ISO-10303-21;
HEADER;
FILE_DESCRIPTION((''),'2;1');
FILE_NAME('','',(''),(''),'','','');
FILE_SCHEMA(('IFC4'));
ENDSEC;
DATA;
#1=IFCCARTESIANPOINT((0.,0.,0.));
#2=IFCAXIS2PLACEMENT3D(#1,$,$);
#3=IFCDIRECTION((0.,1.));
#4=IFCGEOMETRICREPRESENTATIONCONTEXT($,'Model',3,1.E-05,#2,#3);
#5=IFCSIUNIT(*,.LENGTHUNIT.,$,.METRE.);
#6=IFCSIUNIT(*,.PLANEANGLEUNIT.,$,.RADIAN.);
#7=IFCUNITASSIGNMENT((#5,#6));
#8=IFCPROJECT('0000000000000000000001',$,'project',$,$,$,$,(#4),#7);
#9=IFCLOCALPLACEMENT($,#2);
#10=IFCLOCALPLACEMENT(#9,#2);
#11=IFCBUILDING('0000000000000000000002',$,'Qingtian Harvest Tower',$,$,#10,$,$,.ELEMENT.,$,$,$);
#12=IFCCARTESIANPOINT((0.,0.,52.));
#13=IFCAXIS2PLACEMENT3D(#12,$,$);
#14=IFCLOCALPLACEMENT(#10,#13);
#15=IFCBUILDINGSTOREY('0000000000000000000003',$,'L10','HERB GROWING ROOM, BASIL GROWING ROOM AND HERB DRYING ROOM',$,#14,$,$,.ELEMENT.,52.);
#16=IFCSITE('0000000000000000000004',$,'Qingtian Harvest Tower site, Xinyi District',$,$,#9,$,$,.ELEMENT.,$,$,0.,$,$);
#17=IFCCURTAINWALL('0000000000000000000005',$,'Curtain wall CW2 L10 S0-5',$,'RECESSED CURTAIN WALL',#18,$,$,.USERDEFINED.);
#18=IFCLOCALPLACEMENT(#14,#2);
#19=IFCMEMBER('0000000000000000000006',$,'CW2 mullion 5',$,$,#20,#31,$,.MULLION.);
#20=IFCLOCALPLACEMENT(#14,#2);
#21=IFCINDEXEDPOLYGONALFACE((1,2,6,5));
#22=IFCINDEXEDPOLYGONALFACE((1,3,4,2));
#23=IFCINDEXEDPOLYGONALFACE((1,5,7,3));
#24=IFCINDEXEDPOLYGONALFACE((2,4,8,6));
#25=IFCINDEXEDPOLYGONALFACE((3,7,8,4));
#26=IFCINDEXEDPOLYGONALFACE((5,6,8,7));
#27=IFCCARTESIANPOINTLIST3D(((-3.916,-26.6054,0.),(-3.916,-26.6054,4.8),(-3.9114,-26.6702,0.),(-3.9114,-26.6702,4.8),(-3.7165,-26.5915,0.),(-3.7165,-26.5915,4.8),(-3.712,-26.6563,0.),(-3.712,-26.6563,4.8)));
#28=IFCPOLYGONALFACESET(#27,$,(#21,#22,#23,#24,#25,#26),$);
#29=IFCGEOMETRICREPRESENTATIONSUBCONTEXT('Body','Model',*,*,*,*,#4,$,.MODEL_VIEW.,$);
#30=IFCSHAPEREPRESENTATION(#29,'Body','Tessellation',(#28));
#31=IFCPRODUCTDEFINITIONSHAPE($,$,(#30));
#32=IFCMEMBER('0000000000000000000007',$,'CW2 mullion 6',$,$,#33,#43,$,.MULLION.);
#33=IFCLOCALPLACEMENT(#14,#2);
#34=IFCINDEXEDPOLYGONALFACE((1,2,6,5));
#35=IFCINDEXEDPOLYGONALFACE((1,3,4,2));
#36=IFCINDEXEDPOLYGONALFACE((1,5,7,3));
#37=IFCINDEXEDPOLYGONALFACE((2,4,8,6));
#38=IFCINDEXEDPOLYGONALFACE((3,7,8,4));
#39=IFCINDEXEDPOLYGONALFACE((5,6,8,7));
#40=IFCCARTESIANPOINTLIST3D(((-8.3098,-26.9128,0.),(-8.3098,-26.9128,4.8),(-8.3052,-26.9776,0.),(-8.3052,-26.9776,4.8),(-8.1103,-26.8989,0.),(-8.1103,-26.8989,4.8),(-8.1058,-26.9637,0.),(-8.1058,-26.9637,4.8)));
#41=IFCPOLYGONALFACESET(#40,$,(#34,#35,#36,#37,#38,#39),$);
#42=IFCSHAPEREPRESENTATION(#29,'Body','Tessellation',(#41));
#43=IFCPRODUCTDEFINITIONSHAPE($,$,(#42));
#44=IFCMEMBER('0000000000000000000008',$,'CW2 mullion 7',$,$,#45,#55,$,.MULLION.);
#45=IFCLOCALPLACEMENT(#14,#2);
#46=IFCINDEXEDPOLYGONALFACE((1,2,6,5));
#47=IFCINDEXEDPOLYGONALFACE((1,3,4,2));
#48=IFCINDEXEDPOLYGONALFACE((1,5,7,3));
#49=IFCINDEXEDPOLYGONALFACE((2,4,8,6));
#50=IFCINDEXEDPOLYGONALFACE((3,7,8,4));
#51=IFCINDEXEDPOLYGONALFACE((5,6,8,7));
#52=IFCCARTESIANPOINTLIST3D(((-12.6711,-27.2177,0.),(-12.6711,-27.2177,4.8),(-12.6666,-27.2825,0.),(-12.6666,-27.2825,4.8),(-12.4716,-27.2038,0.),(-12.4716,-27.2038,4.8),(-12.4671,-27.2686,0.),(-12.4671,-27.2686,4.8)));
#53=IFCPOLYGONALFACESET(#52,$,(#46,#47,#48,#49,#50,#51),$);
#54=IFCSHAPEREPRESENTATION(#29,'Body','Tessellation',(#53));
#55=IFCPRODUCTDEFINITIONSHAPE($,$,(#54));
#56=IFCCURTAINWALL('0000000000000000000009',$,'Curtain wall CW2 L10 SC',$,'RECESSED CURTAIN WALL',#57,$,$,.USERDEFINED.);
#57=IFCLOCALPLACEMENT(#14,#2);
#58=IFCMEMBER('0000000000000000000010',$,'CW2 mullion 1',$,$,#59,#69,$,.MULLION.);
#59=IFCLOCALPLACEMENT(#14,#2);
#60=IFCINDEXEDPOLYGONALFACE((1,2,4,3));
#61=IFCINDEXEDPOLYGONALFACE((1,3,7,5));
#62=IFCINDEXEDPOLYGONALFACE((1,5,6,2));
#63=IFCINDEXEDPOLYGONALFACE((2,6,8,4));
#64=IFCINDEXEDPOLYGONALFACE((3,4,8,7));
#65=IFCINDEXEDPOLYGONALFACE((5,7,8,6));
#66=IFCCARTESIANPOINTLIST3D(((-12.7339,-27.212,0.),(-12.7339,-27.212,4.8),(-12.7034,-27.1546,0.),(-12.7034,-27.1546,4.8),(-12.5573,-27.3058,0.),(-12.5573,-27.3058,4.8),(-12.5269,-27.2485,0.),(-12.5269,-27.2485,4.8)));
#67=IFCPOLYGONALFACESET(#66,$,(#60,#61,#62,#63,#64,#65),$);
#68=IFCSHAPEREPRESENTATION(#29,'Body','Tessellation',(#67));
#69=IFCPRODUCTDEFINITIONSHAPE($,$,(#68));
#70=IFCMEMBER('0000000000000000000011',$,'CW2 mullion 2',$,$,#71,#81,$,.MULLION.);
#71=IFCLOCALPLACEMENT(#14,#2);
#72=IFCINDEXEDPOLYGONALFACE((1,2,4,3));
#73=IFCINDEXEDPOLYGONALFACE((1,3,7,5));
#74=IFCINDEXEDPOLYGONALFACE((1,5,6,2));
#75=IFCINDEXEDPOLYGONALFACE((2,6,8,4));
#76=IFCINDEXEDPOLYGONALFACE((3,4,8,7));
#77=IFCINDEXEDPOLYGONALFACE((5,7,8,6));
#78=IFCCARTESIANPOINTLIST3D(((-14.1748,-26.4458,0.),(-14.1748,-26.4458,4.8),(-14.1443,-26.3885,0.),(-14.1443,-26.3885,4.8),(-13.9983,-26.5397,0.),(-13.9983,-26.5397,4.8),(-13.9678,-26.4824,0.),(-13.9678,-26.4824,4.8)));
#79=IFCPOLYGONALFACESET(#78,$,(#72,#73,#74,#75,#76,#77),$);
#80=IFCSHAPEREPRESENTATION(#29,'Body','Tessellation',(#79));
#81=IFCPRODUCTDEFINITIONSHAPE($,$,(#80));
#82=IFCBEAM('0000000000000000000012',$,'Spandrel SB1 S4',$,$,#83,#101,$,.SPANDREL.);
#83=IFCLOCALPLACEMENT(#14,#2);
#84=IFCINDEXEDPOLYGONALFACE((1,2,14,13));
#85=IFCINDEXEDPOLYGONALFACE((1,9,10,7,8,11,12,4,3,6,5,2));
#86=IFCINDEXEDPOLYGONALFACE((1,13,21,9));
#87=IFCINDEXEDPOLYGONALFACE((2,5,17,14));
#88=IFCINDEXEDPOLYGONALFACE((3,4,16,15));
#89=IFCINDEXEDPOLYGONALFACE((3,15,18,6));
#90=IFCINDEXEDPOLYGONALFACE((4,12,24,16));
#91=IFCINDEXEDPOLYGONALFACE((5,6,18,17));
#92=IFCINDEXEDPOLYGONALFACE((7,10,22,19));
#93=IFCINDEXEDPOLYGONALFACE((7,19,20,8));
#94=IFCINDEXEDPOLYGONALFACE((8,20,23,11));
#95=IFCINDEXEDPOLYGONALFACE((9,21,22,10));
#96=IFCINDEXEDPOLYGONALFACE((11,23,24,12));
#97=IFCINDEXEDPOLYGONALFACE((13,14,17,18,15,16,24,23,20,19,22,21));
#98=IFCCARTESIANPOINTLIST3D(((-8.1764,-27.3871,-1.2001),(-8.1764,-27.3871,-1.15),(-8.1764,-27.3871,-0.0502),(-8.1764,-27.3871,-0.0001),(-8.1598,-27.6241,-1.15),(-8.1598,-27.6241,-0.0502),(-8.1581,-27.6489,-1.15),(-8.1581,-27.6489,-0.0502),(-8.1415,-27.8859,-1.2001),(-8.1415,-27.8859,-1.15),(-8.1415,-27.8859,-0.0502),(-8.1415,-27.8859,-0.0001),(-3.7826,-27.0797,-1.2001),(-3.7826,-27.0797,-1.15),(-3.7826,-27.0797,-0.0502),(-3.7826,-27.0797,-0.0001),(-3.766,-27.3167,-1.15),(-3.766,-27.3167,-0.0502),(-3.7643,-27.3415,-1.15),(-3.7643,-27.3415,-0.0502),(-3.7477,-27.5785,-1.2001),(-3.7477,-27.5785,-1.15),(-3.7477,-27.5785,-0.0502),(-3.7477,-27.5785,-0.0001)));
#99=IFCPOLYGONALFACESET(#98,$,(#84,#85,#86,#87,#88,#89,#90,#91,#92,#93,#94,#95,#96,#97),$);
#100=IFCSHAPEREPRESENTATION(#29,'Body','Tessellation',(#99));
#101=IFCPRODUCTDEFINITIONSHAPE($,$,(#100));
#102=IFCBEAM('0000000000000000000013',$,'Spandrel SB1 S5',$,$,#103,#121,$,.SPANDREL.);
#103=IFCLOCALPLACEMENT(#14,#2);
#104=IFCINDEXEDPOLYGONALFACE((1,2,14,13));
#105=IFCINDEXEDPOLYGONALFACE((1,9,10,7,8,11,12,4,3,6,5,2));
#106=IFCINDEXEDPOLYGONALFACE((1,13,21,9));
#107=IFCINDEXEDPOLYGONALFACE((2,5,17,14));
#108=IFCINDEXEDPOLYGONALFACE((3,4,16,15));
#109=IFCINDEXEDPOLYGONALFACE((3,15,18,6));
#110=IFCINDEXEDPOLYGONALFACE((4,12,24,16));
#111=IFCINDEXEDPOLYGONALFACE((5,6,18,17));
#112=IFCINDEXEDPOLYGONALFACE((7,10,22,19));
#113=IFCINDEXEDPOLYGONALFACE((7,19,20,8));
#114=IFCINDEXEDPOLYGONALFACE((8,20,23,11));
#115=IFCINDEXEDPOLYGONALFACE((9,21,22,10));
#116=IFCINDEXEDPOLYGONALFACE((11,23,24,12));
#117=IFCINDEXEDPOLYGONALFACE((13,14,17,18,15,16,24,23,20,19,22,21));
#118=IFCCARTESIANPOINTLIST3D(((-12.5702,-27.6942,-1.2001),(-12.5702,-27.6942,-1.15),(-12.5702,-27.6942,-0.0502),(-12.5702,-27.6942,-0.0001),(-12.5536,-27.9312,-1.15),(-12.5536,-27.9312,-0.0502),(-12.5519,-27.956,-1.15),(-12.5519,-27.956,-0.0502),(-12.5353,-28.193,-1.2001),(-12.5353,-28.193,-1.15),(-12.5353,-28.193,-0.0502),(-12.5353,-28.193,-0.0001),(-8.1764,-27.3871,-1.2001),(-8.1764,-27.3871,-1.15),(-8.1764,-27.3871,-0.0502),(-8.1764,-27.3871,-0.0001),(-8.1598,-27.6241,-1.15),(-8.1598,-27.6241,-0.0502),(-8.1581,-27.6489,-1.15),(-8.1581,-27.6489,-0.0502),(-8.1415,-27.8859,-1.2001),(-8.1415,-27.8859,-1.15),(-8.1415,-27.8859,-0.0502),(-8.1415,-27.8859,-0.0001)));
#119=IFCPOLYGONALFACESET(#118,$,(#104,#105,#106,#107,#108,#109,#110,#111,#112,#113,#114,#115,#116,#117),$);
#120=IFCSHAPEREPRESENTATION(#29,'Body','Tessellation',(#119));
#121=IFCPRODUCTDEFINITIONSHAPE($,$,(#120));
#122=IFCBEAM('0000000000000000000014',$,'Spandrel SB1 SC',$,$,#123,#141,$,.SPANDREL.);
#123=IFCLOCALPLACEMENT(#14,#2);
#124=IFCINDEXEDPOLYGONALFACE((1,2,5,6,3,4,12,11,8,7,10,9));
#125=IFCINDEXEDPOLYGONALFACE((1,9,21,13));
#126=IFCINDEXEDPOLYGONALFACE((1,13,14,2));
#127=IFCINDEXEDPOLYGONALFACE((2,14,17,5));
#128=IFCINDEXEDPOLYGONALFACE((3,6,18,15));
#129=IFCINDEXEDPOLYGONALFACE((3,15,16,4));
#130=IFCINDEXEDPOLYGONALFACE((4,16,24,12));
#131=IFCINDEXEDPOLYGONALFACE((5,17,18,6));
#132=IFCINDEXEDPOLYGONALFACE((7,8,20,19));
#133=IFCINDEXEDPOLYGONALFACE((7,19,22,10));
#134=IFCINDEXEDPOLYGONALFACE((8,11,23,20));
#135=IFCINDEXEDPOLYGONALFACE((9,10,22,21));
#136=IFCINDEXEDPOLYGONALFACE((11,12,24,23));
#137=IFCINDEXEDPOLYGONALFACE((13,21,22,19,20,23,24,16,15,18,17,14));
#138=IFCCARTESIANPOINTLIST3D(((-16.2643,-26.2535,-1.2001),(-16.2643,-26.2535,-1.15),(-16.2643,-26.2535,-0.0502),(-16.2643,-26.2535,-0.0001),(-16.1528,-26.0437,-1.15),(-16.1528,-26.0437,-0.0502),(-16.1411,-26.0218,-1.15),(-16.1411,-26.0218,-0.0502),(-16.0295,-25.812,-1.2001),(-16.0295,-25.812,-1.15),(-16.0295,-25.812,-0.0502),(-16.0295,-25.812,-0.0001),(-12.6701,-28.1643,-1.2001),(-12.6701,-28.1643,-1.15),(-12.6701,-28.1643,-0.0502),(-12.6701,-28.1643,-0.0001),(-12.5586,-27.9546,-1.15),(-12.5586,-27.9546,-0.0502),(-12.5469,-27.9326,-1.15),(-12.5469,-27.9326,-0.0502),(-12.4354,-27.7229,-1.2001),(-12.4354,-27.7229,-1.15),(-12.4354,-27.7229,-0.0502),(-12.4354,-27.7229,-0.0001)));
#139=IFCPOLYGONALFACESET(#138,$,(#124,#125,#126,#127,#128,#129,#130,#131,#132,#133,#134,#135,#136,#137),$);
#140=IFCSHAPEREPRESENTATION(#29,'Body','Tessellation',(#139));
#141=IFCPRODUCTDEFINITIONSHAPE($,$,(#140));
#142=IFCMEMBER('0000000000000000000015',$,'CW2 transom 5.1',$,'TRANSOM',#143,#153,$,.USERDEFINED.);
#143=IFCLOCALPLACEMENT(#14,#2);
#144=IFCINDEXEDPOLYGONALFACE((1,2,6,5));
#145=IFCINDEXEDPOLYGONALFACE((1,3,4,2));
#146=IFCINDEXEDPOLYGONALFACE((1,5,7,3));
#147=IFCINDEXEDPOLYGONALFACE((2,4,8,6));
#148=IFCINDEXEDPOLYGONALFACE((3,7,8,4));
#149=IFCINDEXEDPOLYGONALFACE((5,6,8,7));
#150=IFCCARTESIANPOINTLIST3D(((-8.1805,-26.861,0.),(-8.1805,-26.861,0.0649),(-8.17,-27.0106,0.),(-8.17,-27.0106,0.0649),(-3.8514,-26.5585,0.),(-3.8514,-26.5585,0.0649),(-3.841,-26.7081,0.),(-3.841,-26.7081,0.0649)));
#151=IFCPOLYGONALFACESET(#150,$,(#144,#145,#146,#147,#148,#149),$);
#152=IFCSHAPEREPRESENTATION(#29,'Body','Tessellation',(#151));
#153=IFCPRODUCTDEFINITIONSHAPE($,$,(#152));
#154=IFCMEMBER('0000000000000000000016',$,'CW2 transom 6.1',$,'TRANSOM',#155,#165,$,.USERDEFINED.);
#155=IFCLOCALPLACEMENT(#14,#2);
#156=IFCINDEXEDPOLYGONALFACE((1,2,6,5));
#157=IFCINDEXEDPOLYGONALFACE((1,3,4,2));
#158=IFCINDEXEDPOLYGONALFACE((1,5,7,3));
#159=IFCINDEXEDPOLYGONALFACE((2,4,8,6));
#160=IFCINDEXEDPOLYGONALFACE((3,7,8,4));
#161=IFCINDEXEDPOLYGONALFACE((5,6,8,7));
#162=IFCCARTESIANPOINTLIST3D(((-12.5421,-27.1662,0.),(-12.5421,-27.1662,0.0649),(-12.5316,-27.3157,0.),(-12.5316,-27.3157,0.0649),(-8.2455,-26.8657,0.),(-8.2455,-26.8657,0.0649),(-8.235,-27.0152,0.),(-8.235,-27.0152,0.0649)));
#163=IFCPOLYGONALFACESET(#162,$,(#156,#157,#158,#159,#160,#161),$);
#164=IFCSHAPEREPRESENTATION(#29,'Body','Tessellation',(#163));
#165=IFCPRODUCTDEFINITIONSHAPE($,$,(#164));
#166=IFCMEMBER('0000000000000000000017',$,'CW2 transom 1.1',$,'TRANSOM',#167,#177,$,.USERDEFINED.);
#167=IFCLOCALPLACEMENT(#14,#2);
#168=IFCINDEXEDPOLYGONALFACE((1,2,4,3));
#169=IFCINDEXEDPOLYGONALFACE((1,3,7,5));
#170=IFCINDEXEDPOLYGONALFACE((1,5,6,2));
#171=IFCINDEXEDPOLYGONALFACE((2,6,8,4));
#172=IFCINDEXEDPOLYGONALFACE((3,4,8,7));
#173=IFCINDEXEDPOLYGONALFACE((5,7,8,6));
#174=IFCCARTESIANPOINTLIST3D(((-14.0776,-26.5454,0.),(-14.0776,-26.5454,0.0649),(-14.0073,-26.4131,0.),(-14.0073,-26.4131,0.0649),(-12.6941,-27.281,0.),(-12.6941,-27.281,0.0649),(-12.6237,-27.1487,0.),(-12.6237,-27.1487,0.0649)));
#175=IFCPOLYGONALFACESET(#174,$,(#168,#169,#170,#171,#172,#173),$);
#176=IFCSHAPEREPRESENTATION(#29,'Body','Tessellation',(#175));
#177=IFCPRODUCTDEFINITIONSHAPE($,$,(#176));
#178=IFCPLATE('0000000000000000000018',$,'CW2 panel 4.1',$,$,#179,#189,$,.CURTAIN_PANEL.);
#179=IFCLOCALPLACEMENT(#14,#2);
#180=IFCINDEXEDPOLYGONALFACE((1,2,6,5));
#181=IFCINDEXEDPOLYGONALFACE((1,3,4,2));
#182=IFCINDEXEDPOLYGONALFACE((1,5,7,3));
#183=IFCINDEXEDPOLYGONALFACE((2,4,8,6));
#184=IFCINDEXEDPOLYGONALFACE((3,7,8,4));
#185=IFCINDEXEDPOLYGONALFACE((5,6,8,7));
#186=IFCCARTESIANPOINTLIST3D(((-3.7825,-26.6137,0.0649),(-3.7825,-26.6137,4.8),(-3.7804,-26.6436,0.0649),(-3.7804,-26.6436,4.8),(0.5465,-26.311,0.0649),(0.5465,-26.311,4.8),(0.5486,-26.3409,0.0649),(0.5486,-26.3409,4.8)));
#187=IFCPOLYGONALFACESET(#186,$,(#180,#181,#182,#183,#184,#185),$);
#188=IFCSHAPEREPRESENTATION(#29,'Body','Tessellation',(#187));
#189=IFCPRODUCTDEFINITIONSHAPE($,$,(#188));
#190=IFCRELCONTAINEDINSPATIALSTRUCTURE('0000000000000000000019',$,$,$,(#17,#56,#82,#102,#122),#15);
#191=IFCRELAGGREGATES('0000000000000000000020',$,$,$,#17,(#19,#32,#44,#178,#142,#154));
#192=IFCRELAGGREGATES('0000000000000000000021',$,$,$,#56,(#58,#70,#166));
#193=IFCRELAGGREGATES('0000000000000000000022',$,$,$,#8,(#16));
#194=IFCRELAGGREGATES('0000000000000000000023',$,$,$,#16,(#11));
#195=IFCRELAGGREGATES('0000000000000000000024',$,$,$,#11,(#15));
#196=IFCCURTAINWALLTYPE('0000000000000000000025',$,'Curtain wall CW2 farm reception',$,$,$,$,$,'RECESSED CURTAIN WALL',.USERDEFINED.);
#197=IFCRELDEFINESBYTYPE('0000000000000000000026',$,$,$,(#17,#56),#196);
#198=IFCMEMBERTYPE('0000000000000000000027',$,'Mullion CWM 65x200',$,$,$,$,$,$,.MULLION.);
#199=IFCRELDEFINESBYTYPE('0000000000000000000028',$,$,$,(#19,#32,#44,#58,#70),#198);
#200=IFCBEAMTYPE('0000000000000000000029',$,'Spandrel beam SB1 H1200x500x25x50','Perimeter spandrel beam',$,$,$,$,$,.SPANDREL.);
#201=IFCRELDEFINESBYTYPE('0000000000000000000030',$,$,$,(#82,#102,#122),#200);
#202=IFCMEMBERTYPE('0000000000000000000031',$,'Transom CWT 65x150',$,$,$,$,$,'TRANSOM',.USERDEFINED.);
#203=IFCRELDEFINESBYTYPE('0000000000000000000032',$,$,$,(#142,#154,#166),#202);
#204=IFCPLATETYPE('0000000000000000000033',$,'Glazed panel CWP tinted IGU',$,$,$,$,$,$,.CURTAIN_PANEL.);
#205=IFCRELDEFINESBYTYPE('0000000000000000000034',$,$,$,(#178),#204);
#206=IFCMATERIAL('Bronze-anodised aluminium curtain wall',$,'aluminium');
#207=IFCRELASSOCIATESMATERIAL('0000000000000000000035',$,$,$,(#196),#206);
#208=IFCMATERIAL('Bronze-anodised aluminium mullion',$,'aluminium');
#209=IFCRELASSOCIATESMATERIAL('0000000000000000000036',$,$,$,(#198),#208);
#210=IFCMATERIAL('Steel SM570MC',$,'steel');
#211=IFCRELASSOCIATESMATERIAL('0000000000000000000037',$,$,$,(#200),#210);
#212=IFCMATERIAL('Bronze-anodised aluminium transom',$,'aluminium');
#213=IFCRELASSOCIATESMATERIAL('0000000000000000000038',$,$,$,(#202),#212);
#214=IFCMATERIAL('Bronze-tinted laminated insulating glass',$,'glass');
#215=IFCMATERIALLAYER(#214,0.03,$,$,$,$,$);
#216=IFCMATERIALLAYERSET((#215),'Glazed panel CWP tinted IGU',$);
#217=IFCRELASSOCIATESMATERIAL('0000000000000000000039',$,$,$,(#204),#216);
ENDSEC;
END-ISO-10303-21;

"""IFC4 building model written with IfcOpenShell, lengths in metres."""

from ifc_helpers import new_model, si_unit, direction, frame, origin, origin_2d, place, context, subcontext, project, spatial, rectangle, i_section, extrude, material, layer, layer_set, material_profile, profile_set, type_object, element, aggregate, save


model = new_model("IFC4")

# Units and contexts
model_context = context("Model", 3, precision=1e-05, world=origin(), true_north=direction((0.0, 1.0)))
body_context = subcontext(model_context, "Body", "Model", "MODEL_VIEW")
ifc_project = project(units=[si_unit("LENGTHUNIT", "METRE"), si_unit("PLANEANGLEUNIT", "RADIAN")], contexts=[model_context])

# Site, building, storey
site_placement = place(None, origin())
site = spatial("IfcSite", under=ifc_project, at=site_placement, Name="Qingtian Harvest Tower site, Xinyi District", CompositionType="ELEMENT", RefElevation=0.0)
building_placement = place(site_placement, origin())
building = spatial("IfcBuilding", under=site, at=building_placement, Name="Qingtian Harvest Tower", CompositionType="ELEMENT")
storey_placement = place(building_placement, frame((0.0, 0.0, 52.0)))
storey = spatial("IfcBuildingStorey", under=building, at=storey_placement, Name="L10", Description="HERB GROWING ROOM, BASIL GROWING ROOM AND HERB DRYING ROOM", CompositionType="ELEMENT", Elevation=52.0)

# Curtain walls, members
ifc_material_1 = material(Name="Bronze-anodised aluminium curtain wall", Category="aluminium")
curtain_wall_type = type_object("IfcCurtainWallType", Name="Curtain wall CW2 farm reception", ElementType="RECESSED CURTAIN WALL", PredefinedType="USERDEFINED", material=ifc_material_1)
curtain_wall_1_placement = place(storey_placement, origin())
curtain_wall_1 = element("IfcCurtainWall", 1, at=curtain_wall_1_placement, inside=storey, type_object=curtain_wall_type, Name="Curtain wall CW2 L10 S0-5", ObjectType="RECESSED CURTAIN WALL", PredefinedType="USERDEFINED")
ifc_material_2 = material(Name="Bronze-anodised aluminium mullion", Category="aluminium")
ifc_material_profile_1 = material_profile(ifc_material_2, rectangle(XDim=0.0649, YDim=0.2, at=origin_2d()), Name="AL 65x200")
ifc_profile_set_1 = profile_set([ifc_material_profile_1], Name="Bronze-anodised aluminium mullion")
member_type_1 = type_object("IfcMemberType", Name="Mullion CWM 65x200", PredefinedType="MULLION", material=ifc_profile_set_1)
member_1_placement = place(storey_placement, frame((-3.814, -26.6309, 0.0), z_axis=(0.0, 0.0, 1.0), x_axis=(0.069756, -0.997564, 0.0)))
member_1 = element("IfcMember", 2, at=member_1_placement, type_object=member_type_1, Name="CW2 mullion 5", PredefinedType="MULLION", context=body_context, shape_type="SweptSolid", body=[
    extrude(rectangle(XDim=0.0649, YDim=0.2, at=origin_2d()), origin(), (0.0, 0.0, 1.0), 4.8),
])
member_2_placement = place(storey_placement, frame((-8.2078, -26.9382, 0.0), z_axis=(0.0, 0.0, 1.0), x_axis=(0.069756, -0.997564, 0.0)))
member_2 = element("IfcMember", 3, at=member_2_placement, type_object=member_type_1, Name="CW2 mullion 6", PredefinedType="MULLION", context=body_context, shape_type="SweptSolid", body=[
    extrude(rectangle(XDim=0.0649, YDim=0.2, at=origin_2d()), origin(), (0.0, 0.0, 1.0), 4.8),
])
member_3_placement = place(storey_placement, frame((-12.5691, -27.2432, 0.0), z_axis=(0.0, 0.0, 1.0), x_axis=(0.069756, -0.997564, 0.0)))
member_3 = element("IfcMember", 4, at=member_3_placement, type_object=member_type_1, Name="CW2 mullion 7", PredefinedType="MULLION", context=body_context, shape_type="SweptSolid", body=[
    extrude(rectangle(XDim=0.0649, YDim=0.2, at=origin_2d()), origin(), (0.0, 0.0, 1.0), 4.8),
])
curtain_wall_2_placement = place(storey_placement, origin())
curtain_wall_2 = element("IfcCurtainWall", 5, at=curtain_wall_2_placement, inside=storey, type_object=curtain_wall_type, Name="Curtain wall CW2 L10 SC", ObjectType="RECESSED CURTAIN WALL", PredefinedType="USERDEFINED")
member_4_placement = place(storey_placement, frame((-12.6304, -27.2302, 0.0), z_axis=(0.0, 0.0, 1.0), x_axis=(-0.469472, -0.882948, 0.0)))
member_4 = element("IfcMember", 6, at=member_4_placement, type_object=member_type_1, Name="CW2 mullion 1", PredefinedType="MULLION", context=body_context, shape_type="SweptSolid", body=[
    extrude(rectangle(XDim=0.0649, YDim=0.2, at=origin_2d()), origin(), (0.0, 0.0, 1.0), 4.8),
])
member_5_placement = place(storey_placement, frame((-14.0713, -26.4641, 0.0), z_axis=(0.0, 0.0, 1.0), x_axis=(-0.469472, -0.882948, 0.0)))
member_5 = element("IfcMember", 7, at=member_5_placement, type_object=member_type_1, Name="CW2 mullion 2", PredefinedType="MULLION", context=body_context, shape_type="SweptSolid", body=[
    extrude(rectangle(XDim=0.0649, YDim=0.2, at=origin_2d()), origin(), (0.0, 0.0, 1.0), 4.8),
])

# Beams
ifc_material_3 = material(Name="Steel SM570MC", Category="steel")
ifc_material_profile_2 = material_profile(ifc_material_3, i_section(OverallWidth=0.5, OverallDepth=1.2, WebThickness=0.0249, FlangeThickness=0.05, at=origin_2d()), Name="H1200x500x25x50")
ifc_profile_set_2 = profile_set([ifc_material_profile_2], Name="Steel SM570MC")
beam_type_1 = type_object("IfcBeamType", Name="Spandrel beam SB1 H1200x500x25x50", Description="Perimeter spandrel beam", PredefinedType="SPANDREL", material=ifc_profile_set_2)
for number, where, z_axis, x_axis, name in (
    (8, (-3.7651, -27.3291, -0.6001), (-0.997562, -0.069786, 0.0), (0.069786, -0.997562, 0.0), "Spandrel SB1 S4"),
    (9, (-8.1589, -27.6365, -0.6001), (-0.997566, -0.06973, 0.0), (0.06973, -0.997566, 0.0), "Spandrel SB1 S5"),
):
    element("IfcBeam", number, at=place(storey_placement, frame(where, z_axis=z_axis, x_axis=x_axis)), inside=storey, type_object=beam_type_1, Name=name, PredefinedType="SPANDREL", context=body_context, shape_type="SweptSolid", body=[
        extrude(i_section(OverallWidth=0.5, OverallDepth=1.2, WebThickness=0.0249, FlangeThickness=0.05, at=origin_2d()), origin(), (0.0, 0.0, 1.0), 4.4045),
    ])
beam_1_placement = place(storey_placement, frame((-12.5527, -27.9436, -0.6001), z_axis=(-0.882968, 0.469433, 0.0), x_axis=(-0.469433, -0.882968, 0.0)))
element("IfcBeam", 10, at=beam_1_placement, inside=storey, type_object=beam_type_1, Name="Spandrel SB1 SC", PredefinedType="SPANDREL", context=body_context, shape_type="SweptSolid", body=[
    extrude(i_section(OverallWidth=0.5, OverallDepth=1.2, WebThickness=0.0249, FlangeThickness=0.05, at=origin_2d()), origin(), (0.0, 0.0, 1.0), 4.0706),
])

# Members
ifc_material_4 = material(Name="Bronze-anodised aluminium transom", Category="aluminium")
ifc_material_profile_3 = material_profile(ifc_material_4, rectangle(XDim=0.1499, YDim=0.0649, at=origin_2d()), Name="AL 65x150")
ifc_profile_set_3 = profile_set([ifc_material_profile_3], Name="Bronze-anodised aluminium transom")
member_type_2 = type_object("IfcMemberType", Name="Transom CWT 65x150", ElementType="TRANSOM", PredefinedType="USERDEFINED", material=ifc_profile_set_3)
member_6_placement = place(storey_placement, frame((-3.8462, -26.6333, 0.0325), z_axis=(-0.997568, -0.069704, 0.0), x_axis=(0.069704, -0.997568, 0.0)))
member_6 = element("IfcMember", 11, at=member_6_placement, type_object=member_type_2, Name="CW2 transom 5.1", ObjectType="TRANSOM", PredefinedType="USERDEFINED", context=body_context, shape_type="SweptSolid", body=[
    extrude(rectangle(XDim=0.1499, YDim=0.0649, at=origin_2d()), origin(), (0.0, 0.0, 1.0), 4.3396),
])
member_7_placement = place(storey_placement, frame((-8.2402, -26.9404, 0.0325), z_axis=(-0.997563, -0.069777, 0.0), x_axis=(0.069777, -0.997563, 0.0)))
member_7 = element("IfcMember", 12, at=member_7_placement, type_object=member_type_2, Name="CW2 transom 6.1", ObjectType="TRANSOM", PredefinedType="USERDEFINED", context=body_context, shape_type="SweptSolid", body=[
    extrude(rectangle(XDim=0.1499, YDim=0.0649, at=origin_2d()), origin(), (0.0, 0.0, 1.0), 4.3071),
])
member_8_placement = place(storey_placement, frame((-12.6589, -27.2148, 0.0325), z_axis=(-0.88296, 0.469448, 0.0), x_axis=(-0.469448, -0.88296, 0.0)))
member_8 = element("IfcMember", 13, at=member_8_placement, type_object=member_type_2, Name="CW2 transom 1.1", ObjectType="TRANSOM", PredefinedType="USERDEFINED", context=body_context, shape_type="SweptSolid", body=[
    extrude(rectangle(XDim=0.1499, YDim=0.0649, at=origin_2d()), origin(), (0.0, 0.0, 1.0), 1.5669),
])

# Plate
ifc_material_5 = material(Name="Bronze-tinted laminated insulating glass", Category="glass")
ifc_layer_1 = layer(ifc_material_5, 0.03)
ifc_layer_set_1 = layer_set([ifc_layer_1], Name="Glazed panel CWP tinted IGU")
plate_type = type_object("IfcPlateType", Name="Glazed panel CWP tinted IGU", PredefinedType="CURTAIN_PANEL", material=ifc_layer_set_1)
plate_1_placement = place(storey_placement, frame((-1.6169, -26.4773, 0.0649), z_axis=(0.0, 0.0, 1.0), x_axis=(-0.997564, -0.069756, 0.0)))
plate_1 = element("IfcPlate", 14, at=plate_1_placement, type_object=plate_type, Name="CW2 panel 4.1", PredefinedType="CURTAIN_PANEL", context=body_context, shape_type="SweptSolid", body=[
    extrude(rectangle(XDim=4.3396, YDim=0.03, at=origin_2d()), origin(), (0.0, 0.0, 1.0), 4.7351),
])
aggregate(curtain_wall_1, [member_1, member_2, member_3, plate_1, member_6, member_7])
aggregate(curtain_wall_2, [member_4, member_5, member_8])

save(model, "model.ifc")
